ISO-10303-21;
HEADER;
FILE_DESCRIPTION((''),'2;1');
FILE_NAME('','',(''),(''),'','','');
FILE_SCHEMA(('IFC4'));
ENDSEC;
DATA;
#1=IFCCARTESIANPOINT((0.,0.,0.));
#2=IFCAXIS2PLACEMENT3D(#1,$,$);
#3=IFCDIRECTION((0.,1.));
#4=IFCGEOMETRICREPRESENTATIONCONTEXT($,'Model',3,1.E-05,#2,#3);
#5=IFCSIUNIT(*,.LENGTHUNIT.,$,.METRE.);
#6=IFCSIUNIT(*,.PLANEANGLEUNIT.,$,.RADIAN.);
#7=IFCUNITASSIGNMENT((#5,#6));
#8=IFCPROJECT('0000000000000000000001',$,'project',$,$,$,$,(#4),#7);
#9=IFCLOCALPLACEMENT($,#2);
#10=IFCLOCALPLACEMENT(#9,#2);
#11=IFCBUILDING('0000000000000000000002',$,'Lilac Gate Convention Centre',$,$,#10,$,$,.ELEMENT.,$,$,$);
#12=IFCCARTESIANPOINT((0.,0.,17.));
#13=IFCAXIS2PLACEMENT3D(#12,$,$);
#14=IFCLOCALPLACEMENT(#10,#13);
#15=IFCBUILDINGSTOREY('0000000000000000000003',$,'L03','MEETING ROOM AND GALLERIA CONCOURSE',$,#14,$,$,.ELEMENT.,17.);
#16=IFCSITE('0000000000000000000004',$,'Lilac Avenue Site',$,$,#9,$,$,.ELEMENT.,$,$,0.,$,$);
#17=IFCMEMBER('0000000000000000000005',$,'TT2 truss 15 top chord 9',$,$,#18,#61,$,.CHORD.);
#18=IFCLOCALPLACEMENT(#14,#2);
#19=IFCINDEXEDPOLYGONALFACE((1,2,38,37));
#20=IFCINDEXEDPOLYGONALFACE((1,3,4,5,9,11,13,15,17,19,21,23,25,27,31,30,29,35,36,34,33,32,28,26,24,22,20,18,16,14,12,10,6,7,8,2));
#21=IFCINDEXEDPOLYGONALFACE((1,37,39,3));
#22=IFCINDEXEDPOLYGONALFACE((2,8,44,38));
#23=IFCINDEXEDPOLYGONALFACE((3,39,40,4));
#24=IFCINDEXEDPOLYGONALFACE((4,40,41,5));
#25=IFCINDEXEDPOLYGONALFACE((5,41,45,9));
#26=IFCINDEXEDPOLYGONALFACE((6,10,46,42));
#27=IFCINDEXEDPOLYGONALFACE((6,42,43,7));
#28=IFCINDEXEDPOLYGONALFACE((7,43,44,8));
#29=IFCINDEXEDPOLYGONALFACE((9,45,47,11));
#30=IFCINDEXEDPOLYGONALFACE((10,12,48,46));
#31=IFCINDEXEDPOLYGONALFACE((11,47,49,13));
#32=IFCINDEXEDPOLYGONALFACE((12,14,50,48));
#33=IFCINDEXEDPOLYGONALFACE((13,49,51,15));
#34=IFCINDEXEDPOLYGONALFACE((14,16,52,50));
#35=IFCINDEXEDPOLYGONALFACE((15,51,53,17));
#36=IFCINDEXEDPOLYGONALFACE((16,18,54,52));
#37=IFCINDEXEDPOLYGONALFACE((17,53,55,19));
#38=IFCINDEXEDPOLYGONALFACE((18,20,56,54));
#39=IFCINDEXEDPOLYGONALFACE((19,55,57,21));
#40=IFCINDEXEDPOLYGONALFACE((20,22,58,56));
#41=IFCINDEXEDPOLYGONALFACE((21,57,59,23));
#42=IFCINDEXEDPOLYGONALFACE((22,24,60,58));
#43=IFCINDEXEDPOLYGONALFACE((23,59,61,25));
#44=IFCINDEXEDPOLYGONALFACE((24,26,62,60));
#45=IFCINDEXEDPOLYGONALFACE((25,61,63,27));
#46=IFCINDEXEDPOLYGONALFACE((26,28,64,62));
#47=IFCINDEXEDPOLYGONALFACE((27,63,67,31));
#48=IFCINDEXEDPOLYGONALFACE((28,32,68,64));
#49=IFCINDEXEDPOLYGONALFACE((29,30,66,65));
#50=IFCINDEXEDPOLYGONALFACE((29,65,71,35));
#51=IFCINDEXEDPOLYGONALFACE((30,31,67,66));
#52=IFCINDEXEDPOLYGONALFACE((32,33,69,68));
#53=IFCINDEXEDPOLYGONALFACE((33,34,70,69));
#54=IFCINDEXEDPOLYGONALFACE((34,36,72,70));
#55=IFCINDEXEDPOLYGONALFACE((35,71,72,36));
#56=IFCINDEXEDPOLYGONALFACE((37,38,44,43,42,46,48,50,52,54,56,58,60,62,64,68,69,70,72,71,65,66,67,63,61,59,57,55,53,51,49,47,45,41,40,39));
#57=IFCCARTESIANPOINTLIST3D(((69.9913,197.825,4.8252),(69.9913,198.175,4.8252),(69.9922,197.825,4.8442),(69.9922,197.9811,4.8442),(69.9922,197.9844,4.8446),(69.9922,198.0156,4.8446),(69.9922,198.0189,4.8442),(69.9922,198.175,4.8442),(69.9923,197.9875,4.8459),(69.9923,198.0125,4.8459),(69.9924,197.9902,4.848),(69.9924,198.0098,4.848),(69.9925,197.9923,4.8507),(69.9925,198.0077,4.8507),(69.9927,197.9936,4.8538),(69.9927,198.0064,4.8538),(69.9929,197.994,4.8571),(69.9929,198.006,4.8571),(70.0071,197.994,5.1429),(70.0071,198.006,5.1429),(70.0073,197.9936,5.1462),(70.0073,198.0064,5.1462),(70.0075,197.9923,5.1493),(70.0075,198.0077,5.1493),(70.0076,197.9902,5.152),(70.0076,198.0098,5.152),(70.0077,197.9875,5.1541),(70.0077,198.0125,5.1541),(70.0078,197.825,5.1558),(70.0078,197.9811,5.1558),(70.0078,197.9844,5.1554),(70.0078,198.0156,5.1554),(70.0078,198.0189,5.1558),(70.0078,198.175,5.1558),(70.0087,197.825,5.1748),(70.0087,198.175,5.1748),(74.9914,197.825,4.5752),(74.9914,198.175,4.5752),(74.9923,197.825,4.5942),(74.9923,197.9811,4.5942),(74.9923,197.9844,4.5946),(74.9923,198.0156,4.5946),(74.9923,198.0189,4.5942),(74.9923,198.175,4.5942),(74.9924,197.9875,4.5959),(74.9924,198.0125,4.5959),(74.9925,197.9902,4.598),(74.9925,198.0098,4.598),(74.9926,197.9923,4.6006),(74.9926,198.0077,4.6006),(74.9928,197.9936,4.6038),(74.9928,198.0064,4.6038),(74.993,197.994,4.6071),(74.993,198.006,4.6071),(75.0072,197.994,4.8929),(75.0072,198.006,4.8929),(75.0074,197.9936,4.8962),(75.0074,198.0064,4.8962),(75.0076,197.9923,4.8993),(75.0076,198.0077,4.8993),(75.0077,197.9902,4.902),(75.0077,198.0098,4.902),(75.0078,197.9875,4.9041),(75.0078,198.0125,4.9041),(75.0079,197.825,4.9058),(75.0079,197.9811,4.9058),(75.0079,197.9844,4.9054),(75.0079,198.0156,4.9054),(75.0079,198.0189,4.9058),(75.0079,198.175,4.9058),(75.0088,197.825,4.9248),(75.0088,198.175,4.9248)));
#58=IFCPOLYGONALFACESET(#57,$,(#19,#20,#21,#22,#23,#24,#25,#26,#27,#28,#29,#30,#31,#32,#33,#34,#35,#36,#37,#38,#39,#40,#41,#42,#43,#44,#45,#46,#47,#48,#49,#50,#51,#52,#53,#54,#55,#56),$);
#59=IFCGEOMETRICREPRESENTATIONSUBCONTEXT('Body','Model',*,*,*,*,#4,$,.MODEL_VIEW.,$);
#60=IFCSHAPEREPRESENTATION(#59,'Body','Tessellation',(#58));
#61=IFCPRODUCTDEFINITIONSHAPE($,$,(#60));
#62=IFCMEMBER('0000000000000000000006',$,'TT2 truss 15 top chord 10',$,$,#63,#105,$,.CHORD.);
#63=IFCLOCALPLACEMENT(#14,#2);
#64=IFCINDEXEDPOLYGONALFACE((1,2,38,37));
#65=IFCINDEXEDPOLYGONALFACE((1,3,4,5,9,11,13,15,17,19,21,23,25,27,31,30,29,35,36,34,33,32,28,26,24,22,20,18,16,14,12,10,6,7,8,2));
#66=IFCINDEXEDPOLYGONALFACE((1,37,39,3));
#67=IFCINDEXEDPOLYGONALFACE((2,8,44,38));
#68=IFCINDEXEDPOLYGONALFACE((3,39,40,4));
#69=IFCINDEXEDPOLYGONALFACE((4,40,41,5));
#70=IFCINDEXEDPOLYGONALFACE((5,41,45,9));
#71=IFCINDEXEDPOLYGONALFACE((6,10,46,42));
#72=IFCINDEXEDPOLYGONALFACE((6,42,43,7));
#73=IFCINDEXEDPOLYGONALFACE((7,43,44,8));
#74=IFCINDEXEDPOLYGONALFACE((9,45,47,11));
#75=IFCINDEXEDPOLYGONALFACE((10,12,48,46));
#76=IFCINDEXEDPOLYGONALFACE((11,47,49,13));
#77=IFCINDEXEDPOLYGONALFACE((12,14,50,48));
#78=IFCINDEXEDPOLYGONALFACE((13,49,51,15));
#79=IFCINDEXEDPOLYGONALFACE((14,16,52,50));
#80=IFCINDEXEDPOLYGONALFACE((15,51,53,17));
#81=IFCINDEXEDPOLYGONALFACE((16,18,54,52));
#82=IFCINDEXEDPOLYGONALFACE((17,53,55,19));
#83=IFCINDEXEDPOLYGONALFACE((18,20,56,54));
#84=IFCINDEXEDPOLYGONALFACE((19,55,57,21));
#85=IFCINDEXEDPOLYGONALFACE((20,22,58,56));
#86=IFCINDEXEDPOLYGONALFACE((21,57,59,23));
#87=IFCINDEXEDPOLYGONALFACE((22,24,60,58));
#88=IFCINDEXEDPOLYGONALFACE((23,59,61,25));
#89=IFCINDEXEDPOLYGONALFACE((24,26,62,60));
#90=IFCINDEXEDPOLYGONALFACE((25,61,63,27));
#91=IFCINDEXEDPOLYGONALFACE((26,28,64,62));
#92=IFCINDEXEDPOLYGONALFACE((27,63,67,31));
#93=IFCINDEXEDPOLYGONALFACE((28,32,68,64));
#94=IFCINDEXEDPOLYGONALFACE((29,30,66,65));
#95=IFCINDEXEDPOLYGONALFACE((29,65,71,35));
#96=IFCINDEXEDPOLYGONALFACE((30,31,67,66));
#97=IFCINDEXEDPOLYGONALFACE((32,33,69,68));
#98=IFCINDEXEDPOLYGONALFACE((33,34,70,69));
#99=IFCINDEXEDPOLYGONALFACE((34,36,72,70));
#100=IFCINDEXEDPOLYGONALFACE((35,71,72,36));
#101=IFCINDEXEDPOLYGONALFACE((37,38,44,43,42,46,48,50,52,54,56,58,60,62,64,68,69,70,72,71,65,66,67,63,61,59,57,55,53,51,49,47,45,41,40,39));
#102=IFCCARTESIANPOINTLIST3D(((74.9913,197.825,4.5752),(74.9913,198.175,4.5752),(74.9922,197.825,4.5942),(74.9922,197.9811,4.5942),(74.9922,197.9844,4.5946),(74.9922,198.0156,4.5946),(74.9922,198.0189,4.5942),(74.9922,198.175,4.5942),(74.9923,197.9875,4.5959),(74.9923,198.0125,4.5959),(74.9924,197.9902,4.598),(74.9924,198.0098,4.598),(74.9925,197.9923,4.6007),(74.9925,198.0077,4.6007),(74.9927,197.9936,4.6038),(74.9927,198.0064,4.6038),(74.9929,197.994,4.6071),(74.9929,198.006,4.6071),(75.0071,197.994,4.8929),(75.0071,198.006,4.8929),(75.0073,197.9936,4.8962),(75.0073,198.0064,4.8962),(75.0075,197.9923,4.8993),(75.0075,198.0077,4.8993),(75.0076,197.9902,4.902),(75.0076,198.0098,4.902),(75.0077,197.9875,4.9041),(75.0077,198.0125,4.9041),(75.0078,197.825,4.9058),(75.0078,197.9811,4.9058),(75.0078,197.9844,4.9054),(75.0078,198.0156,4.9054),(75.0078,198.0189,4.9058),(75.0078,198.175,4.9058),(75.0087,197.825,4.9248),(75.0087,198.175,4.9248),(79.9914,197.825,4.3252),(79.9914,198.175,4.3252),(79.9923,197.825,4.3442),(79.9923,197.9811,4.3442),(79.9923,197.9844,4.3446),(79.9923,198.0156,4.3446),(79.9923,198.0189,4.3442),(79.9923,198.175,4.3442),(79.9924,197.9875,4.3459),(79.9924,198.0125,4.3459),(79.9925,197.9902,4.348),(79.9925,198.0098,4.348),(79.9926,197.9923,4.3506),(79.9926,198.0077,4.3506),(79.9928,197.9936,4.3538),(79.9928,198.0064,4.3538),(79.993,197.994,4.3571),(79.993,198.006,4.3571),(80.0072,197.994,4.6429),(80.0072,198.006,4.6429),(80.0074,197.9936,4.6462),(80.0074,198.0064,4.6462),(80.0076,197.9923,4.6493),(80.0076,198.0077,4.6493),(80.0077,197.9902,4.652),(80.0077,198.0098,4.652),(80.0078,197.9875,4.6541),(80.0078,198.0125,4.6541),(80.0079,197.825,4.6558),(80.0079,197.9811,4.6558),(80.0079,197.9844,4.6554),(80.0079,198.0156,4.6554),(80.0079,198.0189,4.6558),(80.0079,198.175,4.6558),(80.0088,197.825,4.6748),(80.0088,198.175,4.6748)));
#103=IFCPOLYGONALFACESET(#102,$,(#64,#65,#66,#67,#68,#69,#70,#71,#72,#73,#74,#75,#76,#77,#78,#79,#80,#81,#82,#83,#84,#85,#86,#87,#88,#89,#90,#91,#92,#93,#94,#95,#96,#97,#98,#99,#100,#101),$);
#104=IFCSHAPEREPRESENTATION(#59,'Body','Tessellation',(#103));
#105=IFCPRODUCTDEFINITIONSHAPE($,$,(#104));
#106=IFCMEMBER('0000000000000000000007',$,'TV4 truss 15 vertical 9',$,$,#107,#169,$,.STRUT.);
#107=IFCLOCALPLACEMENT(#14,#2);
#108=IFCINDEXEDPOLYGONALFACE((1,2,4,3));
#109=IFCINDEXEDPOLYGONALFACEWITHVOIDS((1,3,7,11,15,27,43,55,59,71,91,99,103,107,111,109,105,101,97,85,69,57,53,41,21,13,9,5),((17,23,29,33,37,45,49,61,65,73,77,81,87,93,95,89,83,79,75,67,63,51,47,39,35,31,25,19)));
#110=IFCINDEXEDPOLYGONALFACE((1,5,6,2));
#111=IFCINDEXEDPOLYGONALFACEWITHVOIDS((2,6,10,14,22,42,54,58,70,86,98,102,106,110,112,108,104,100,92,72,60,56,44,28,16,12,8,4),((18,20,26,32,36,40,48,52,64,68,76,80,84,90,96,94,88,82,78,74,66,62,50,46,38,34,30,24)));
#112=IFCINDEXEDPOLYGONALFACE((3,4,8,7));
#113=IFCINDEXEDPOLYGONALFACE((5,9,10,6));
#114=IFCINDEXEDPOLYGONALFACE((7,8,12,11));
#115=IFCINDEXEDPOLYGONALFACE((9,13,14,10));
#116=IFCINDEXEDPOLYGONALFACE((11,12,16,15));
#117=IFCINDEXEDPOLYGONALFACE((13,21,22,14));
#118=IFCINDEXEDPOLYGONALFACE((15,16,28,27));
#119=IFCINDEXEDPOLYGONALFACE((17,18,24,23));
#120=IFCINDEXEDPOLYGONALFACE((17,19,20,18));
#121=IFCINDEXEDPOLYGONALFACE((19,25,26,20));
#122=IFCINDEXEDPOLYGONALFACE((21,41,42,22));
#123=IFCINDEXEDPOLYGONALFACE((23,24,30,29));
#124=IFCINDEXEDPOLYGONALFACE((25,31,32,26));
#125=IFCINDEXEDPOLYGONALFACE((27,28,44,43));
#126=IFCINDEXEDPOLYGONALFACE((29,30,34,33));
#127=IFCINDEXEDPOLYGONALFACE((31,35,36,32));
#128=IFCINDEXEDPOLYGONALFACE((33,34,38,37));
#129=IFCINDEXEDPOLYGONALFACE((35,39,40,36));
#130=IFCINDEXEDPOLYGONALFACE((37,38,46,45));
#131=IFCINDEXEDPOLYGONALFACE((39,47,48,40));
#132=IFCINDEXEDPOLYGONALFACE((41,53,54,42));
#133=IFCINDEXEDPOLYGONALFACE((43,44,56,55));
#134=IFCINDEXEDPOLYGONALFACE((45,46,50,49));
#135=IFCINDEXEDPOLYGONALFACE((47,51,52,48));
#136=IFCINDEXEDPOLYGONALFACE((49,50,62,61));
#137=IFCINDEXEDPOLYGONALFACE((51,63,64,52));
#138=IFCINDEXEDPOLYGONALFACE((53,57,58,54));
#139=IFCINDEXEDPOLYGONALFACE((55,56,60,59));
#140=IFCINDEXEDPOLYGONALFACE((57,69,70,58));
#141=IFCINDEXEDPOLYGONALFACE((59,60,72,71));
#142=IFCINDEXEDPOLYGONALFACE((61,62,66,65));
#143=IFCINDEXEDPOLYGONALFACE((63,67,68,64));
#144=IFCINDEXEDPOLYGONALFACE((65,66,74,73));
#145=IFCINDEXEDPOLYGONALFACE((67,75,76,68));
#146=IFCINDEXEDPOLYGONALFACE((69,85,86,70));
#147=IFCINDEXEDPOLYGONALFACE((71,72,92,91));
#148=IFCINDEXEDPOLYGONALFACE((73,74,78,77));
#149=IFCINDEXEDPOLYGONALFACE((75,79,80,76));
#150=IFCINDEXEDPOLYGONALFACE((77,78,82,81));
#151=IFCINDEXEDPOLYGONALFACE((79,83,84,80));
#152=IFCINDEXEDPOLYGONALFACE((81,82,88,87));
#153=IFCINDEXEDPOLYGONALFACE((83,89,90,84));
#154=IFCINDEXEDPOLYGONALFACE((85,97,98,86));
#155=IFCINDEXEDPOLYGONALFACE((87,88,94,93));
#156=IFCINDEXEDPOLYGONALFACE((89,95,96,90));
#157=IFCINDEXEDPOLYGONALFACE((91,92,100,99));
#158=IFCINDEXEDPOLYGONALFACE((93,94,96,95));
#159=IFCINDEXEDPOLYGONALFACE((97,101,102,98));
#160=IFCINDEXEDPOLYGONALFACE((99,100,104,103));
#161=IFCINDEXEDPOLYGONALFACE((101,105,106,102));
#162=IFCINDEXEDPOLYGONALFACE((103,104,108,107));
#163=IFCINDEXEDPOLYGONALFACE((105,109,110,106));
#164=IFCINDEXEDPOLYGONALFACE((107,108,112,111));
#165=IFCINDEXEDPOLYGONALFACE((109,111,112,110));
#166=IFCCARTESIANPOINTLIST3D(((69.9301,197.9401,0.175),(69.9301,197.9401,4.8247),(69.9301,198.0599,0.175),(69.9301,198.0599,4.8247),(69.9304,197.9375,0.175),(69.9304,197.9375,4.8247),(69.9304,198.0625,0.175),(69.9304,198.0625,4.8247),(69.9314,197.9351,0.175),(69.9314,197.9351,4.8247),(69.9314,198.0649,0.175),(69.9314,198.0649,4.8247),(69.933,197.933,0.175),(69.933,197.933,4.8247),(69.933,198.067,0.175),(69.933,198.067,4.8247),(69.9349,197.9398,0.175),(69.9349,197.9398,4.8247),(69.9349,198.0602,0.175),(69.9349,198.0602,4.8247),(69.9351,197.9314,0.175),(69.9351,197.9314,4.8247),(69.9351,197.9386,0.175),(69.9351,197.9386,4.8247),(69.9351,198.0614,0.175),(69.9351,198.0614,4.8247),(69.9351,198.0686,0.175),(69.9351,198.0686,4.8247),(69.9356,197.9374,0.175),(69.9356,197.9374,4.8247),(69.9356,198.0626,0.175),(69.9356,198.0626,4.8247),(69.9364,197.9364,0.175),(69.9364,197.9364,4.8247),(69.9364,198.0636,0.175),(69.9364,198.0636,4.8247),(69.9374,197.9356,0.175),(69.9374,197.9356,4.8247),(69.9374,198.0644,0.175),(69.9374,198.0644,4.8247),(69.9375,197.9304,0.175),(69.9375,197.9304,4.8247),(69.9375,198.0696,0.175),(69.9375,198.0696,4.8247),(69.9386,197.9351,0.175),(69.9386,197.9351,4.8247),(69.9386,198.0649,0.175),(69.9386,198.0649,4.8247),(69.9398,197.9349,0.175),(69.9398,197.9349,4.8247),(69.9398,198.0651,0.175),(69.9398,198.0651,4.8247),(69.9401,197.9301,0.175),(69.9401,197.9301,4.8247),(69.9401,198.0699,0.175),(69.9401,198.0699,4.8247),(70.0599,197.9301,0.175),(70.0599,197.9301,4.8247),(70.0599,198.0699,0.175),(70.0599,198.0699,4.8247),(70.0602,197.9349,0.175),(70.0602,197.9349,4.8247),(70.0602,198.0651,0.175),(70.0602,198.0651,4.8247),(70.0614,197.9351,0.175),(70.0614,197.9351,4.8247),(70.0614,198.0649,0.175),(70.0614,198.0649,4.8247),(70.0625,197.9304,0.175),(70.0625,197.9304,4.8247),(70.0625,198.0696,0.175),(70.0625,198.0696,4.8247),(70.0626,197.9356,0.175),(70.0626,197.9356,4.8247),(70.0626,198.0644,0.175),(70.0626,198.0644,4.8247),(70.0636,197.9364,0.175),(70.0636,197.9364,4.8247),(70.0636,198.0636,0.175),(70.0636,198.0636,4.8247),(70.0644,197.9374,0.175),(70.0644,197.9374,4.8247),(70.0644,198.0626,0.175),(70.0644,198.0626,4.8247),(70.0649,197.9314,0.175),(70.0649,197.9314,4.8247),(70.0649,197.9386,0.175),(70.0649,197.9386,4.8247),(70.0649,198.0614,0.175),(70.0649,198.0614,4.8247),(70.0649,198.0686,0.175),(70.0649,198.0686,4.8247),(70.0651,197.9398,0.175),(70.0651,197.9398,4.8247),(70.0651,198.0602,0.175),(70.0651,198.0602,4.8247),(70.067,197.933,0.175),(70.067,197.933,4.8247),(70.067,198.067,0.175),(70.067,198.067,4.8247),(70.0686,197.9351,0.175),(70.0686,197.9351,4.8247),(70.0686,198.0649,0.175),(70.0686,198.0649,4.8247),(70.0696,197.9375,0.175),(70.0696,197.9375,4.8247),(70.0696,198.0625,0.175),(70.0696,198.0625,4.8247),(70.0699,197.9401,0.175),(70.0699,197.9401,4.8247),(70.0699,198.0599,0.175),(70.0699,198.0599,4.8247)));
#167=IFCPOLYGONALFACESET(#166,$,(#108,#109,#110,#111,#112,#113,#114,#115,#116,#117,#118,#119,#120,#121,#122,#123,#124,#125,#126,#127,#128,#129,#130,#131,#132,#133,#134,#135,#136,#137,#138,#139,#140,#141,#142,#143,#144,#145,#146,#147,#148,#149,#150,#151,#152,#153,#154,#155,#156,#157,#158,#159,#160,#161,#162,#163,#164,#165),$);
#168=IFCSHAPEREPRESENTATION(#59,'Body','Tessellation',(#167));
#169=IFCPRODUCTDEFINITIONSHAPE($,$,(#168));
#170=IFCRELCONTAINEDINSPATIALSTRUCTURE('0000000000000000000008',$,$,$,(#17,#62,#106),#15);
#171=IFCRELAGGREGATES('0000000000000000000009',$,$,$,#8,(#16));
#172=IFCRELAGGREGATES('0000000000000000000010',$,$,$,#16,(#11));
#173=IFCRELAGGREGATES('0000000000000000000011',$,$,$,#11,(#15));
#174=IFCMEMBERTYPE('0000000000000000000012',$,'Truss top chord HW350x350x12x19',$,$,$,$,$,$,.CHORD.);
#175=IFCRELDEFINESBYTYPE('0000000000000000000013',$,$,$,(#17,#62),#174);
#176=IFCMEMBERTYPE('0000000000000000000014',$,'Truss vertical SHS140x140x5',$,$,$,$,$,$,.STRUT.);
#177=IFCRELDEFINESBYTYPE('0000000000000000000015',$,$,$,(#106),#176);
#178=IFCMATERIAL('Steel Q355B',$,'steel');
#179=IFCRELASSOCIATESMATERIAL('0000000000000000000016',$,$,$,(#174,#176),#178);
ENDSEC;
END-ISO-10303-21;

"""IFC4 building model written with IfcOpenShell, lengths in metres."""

from ifc_helpers import new_model, si_unit, direction, frame, origin, origin_2d, place, context, subcontext, project, spatial, hollow_rectangle, i_section, extrude, material, material_profile, profile_set, type_object, element, save


model = new_model("IFC4")

# Units and contexts
model_context = context("Model", 3, precision=1e-05, world=origin(), true_north=direction((0.0, 1.0)))
body_context = subcontext(model_context, "Body", "Model", "MODEL_VIEW")
ifc_project = project(units=[si_unit("LENGTHUNIT", "METRE"), si_unit("PLANEANGLEUNIT", "RADIAN")], contexts=[model_context])

# Site, building, storey
site_placement = place(None, origin())
site = spatial("IfcSite", under=ifc_project, at=site_placement, Name="Lilac Avenue Site", CompositionType="ELEMENT", RefElevation=0.0)
building_placement = place(site_placement, origin())
building = spatial("IfcBuilding", under=site, at=building_placement, Name="Lilac Gate Convention Centre", CompositionType="ELEMENT")
storey_placement = place(building_placement, frame((0.0, 0.0, 17.0)))
storey = spatial("IfcBuildingStorey", under=building, at=storey_placement, Name="L03", Description="MEETING ROOM AND GALLERIA CONCOURSE", CompositionType="ELEMENT", Elevation=17.0)

# Members
ifc_material = material(Name="Steel Q355B", Category="steel")
ifc_material_profile_1 = material_profile(ifc_material, i_section(OverallWidth=0.3501, OverallDepth=0.3501, WebThickness=0.012, FlangeThickness=0.019, FilletRadius=0.0129, at=origin_2d()), Name="HW350x350x12x19")
ifc_profile_set_1 = profile_set([ifc_material_profile_1], Name="Steel Q355B")
member_type_1 = type_object("IfcMemberType", Name="Truss top chord HW350x350x12x19", PredefinedType="CHORD", material=ifc_profile_set_1)
for number, where, z_axis, x_axis, name in (
    (1, (70.0, 198.0, 5.0), (0.998752, 0.0, -0.049938), (0.0, 1.0, 0.0), "TT2 truss 15 top chord 9"),
    (2, (75.0, 198.0, 4.75), (0.998752, 0.0, -0.049938), (0.0, 1.0, 0.0), "TT2 truss 15 top chord 10"),
):
    element("IfcMember", number, at=place(storey_placement, frame(where, z_axis=z_axis, x_axis=x_axis)), inside=storey, type_object=member_type_1, Name=name, PredefinedType="CHORD", context=body_context, shape_type="SweptSolid", body=[
        extrude(i_section(OverallWidth=0.3501, OverallDepth=0.3501, WebThickness=0.012, FlangeThickness=0.019, FilletRadius=0.0129, at=origin_2d()), origin(), (0.0, 0.0, 1.0), 5.0063),
    ])
ifc_material_profile_2 = material_profile(ifc_material, hollow_rectangle(XDim=0.1399, YDim=0.1399, WallThickness=0.0049, InnerFilletRadius=0.0049, OuterFilletRadius=0.01, at=origin_2d()), Name="SHS140x140x5")
ifc_profile_set_2 = profile_set([ifc_material_profile_2], Name="Steel Q355B")
member_type_2 = type_object("IfcMemberType", Name="Truss vertical SHS140x140x5", PredefinedType="STRUT", material=ifc_profile_set_2)
member_1_placement = place(storey_placement, frame((70.0, 198.0, 0.175), z_axis=(0.0, 0.0, 1.0), x_axis=(1.0, 0.0, 0.0)))
element("IfcMember", 3, at=member_1_placement, inside=storey, type_object=member_type_2, Name="TV4 truss 15 vertical 9", PredefinedType="STRUT", context=body_context, shape_type="SweptSolid", body=[
    extrude(hollow_rectangle(XDim=0.1399, YDim=0.1399, WallThickness=0.0049, InnerFilletRadius=0.0049, OuterFilletRadius=0.01, at=origin_2d()), origin(), (0.0, 0.0, 1.0), 4.6497),
])

save(model, "model.ifc")
